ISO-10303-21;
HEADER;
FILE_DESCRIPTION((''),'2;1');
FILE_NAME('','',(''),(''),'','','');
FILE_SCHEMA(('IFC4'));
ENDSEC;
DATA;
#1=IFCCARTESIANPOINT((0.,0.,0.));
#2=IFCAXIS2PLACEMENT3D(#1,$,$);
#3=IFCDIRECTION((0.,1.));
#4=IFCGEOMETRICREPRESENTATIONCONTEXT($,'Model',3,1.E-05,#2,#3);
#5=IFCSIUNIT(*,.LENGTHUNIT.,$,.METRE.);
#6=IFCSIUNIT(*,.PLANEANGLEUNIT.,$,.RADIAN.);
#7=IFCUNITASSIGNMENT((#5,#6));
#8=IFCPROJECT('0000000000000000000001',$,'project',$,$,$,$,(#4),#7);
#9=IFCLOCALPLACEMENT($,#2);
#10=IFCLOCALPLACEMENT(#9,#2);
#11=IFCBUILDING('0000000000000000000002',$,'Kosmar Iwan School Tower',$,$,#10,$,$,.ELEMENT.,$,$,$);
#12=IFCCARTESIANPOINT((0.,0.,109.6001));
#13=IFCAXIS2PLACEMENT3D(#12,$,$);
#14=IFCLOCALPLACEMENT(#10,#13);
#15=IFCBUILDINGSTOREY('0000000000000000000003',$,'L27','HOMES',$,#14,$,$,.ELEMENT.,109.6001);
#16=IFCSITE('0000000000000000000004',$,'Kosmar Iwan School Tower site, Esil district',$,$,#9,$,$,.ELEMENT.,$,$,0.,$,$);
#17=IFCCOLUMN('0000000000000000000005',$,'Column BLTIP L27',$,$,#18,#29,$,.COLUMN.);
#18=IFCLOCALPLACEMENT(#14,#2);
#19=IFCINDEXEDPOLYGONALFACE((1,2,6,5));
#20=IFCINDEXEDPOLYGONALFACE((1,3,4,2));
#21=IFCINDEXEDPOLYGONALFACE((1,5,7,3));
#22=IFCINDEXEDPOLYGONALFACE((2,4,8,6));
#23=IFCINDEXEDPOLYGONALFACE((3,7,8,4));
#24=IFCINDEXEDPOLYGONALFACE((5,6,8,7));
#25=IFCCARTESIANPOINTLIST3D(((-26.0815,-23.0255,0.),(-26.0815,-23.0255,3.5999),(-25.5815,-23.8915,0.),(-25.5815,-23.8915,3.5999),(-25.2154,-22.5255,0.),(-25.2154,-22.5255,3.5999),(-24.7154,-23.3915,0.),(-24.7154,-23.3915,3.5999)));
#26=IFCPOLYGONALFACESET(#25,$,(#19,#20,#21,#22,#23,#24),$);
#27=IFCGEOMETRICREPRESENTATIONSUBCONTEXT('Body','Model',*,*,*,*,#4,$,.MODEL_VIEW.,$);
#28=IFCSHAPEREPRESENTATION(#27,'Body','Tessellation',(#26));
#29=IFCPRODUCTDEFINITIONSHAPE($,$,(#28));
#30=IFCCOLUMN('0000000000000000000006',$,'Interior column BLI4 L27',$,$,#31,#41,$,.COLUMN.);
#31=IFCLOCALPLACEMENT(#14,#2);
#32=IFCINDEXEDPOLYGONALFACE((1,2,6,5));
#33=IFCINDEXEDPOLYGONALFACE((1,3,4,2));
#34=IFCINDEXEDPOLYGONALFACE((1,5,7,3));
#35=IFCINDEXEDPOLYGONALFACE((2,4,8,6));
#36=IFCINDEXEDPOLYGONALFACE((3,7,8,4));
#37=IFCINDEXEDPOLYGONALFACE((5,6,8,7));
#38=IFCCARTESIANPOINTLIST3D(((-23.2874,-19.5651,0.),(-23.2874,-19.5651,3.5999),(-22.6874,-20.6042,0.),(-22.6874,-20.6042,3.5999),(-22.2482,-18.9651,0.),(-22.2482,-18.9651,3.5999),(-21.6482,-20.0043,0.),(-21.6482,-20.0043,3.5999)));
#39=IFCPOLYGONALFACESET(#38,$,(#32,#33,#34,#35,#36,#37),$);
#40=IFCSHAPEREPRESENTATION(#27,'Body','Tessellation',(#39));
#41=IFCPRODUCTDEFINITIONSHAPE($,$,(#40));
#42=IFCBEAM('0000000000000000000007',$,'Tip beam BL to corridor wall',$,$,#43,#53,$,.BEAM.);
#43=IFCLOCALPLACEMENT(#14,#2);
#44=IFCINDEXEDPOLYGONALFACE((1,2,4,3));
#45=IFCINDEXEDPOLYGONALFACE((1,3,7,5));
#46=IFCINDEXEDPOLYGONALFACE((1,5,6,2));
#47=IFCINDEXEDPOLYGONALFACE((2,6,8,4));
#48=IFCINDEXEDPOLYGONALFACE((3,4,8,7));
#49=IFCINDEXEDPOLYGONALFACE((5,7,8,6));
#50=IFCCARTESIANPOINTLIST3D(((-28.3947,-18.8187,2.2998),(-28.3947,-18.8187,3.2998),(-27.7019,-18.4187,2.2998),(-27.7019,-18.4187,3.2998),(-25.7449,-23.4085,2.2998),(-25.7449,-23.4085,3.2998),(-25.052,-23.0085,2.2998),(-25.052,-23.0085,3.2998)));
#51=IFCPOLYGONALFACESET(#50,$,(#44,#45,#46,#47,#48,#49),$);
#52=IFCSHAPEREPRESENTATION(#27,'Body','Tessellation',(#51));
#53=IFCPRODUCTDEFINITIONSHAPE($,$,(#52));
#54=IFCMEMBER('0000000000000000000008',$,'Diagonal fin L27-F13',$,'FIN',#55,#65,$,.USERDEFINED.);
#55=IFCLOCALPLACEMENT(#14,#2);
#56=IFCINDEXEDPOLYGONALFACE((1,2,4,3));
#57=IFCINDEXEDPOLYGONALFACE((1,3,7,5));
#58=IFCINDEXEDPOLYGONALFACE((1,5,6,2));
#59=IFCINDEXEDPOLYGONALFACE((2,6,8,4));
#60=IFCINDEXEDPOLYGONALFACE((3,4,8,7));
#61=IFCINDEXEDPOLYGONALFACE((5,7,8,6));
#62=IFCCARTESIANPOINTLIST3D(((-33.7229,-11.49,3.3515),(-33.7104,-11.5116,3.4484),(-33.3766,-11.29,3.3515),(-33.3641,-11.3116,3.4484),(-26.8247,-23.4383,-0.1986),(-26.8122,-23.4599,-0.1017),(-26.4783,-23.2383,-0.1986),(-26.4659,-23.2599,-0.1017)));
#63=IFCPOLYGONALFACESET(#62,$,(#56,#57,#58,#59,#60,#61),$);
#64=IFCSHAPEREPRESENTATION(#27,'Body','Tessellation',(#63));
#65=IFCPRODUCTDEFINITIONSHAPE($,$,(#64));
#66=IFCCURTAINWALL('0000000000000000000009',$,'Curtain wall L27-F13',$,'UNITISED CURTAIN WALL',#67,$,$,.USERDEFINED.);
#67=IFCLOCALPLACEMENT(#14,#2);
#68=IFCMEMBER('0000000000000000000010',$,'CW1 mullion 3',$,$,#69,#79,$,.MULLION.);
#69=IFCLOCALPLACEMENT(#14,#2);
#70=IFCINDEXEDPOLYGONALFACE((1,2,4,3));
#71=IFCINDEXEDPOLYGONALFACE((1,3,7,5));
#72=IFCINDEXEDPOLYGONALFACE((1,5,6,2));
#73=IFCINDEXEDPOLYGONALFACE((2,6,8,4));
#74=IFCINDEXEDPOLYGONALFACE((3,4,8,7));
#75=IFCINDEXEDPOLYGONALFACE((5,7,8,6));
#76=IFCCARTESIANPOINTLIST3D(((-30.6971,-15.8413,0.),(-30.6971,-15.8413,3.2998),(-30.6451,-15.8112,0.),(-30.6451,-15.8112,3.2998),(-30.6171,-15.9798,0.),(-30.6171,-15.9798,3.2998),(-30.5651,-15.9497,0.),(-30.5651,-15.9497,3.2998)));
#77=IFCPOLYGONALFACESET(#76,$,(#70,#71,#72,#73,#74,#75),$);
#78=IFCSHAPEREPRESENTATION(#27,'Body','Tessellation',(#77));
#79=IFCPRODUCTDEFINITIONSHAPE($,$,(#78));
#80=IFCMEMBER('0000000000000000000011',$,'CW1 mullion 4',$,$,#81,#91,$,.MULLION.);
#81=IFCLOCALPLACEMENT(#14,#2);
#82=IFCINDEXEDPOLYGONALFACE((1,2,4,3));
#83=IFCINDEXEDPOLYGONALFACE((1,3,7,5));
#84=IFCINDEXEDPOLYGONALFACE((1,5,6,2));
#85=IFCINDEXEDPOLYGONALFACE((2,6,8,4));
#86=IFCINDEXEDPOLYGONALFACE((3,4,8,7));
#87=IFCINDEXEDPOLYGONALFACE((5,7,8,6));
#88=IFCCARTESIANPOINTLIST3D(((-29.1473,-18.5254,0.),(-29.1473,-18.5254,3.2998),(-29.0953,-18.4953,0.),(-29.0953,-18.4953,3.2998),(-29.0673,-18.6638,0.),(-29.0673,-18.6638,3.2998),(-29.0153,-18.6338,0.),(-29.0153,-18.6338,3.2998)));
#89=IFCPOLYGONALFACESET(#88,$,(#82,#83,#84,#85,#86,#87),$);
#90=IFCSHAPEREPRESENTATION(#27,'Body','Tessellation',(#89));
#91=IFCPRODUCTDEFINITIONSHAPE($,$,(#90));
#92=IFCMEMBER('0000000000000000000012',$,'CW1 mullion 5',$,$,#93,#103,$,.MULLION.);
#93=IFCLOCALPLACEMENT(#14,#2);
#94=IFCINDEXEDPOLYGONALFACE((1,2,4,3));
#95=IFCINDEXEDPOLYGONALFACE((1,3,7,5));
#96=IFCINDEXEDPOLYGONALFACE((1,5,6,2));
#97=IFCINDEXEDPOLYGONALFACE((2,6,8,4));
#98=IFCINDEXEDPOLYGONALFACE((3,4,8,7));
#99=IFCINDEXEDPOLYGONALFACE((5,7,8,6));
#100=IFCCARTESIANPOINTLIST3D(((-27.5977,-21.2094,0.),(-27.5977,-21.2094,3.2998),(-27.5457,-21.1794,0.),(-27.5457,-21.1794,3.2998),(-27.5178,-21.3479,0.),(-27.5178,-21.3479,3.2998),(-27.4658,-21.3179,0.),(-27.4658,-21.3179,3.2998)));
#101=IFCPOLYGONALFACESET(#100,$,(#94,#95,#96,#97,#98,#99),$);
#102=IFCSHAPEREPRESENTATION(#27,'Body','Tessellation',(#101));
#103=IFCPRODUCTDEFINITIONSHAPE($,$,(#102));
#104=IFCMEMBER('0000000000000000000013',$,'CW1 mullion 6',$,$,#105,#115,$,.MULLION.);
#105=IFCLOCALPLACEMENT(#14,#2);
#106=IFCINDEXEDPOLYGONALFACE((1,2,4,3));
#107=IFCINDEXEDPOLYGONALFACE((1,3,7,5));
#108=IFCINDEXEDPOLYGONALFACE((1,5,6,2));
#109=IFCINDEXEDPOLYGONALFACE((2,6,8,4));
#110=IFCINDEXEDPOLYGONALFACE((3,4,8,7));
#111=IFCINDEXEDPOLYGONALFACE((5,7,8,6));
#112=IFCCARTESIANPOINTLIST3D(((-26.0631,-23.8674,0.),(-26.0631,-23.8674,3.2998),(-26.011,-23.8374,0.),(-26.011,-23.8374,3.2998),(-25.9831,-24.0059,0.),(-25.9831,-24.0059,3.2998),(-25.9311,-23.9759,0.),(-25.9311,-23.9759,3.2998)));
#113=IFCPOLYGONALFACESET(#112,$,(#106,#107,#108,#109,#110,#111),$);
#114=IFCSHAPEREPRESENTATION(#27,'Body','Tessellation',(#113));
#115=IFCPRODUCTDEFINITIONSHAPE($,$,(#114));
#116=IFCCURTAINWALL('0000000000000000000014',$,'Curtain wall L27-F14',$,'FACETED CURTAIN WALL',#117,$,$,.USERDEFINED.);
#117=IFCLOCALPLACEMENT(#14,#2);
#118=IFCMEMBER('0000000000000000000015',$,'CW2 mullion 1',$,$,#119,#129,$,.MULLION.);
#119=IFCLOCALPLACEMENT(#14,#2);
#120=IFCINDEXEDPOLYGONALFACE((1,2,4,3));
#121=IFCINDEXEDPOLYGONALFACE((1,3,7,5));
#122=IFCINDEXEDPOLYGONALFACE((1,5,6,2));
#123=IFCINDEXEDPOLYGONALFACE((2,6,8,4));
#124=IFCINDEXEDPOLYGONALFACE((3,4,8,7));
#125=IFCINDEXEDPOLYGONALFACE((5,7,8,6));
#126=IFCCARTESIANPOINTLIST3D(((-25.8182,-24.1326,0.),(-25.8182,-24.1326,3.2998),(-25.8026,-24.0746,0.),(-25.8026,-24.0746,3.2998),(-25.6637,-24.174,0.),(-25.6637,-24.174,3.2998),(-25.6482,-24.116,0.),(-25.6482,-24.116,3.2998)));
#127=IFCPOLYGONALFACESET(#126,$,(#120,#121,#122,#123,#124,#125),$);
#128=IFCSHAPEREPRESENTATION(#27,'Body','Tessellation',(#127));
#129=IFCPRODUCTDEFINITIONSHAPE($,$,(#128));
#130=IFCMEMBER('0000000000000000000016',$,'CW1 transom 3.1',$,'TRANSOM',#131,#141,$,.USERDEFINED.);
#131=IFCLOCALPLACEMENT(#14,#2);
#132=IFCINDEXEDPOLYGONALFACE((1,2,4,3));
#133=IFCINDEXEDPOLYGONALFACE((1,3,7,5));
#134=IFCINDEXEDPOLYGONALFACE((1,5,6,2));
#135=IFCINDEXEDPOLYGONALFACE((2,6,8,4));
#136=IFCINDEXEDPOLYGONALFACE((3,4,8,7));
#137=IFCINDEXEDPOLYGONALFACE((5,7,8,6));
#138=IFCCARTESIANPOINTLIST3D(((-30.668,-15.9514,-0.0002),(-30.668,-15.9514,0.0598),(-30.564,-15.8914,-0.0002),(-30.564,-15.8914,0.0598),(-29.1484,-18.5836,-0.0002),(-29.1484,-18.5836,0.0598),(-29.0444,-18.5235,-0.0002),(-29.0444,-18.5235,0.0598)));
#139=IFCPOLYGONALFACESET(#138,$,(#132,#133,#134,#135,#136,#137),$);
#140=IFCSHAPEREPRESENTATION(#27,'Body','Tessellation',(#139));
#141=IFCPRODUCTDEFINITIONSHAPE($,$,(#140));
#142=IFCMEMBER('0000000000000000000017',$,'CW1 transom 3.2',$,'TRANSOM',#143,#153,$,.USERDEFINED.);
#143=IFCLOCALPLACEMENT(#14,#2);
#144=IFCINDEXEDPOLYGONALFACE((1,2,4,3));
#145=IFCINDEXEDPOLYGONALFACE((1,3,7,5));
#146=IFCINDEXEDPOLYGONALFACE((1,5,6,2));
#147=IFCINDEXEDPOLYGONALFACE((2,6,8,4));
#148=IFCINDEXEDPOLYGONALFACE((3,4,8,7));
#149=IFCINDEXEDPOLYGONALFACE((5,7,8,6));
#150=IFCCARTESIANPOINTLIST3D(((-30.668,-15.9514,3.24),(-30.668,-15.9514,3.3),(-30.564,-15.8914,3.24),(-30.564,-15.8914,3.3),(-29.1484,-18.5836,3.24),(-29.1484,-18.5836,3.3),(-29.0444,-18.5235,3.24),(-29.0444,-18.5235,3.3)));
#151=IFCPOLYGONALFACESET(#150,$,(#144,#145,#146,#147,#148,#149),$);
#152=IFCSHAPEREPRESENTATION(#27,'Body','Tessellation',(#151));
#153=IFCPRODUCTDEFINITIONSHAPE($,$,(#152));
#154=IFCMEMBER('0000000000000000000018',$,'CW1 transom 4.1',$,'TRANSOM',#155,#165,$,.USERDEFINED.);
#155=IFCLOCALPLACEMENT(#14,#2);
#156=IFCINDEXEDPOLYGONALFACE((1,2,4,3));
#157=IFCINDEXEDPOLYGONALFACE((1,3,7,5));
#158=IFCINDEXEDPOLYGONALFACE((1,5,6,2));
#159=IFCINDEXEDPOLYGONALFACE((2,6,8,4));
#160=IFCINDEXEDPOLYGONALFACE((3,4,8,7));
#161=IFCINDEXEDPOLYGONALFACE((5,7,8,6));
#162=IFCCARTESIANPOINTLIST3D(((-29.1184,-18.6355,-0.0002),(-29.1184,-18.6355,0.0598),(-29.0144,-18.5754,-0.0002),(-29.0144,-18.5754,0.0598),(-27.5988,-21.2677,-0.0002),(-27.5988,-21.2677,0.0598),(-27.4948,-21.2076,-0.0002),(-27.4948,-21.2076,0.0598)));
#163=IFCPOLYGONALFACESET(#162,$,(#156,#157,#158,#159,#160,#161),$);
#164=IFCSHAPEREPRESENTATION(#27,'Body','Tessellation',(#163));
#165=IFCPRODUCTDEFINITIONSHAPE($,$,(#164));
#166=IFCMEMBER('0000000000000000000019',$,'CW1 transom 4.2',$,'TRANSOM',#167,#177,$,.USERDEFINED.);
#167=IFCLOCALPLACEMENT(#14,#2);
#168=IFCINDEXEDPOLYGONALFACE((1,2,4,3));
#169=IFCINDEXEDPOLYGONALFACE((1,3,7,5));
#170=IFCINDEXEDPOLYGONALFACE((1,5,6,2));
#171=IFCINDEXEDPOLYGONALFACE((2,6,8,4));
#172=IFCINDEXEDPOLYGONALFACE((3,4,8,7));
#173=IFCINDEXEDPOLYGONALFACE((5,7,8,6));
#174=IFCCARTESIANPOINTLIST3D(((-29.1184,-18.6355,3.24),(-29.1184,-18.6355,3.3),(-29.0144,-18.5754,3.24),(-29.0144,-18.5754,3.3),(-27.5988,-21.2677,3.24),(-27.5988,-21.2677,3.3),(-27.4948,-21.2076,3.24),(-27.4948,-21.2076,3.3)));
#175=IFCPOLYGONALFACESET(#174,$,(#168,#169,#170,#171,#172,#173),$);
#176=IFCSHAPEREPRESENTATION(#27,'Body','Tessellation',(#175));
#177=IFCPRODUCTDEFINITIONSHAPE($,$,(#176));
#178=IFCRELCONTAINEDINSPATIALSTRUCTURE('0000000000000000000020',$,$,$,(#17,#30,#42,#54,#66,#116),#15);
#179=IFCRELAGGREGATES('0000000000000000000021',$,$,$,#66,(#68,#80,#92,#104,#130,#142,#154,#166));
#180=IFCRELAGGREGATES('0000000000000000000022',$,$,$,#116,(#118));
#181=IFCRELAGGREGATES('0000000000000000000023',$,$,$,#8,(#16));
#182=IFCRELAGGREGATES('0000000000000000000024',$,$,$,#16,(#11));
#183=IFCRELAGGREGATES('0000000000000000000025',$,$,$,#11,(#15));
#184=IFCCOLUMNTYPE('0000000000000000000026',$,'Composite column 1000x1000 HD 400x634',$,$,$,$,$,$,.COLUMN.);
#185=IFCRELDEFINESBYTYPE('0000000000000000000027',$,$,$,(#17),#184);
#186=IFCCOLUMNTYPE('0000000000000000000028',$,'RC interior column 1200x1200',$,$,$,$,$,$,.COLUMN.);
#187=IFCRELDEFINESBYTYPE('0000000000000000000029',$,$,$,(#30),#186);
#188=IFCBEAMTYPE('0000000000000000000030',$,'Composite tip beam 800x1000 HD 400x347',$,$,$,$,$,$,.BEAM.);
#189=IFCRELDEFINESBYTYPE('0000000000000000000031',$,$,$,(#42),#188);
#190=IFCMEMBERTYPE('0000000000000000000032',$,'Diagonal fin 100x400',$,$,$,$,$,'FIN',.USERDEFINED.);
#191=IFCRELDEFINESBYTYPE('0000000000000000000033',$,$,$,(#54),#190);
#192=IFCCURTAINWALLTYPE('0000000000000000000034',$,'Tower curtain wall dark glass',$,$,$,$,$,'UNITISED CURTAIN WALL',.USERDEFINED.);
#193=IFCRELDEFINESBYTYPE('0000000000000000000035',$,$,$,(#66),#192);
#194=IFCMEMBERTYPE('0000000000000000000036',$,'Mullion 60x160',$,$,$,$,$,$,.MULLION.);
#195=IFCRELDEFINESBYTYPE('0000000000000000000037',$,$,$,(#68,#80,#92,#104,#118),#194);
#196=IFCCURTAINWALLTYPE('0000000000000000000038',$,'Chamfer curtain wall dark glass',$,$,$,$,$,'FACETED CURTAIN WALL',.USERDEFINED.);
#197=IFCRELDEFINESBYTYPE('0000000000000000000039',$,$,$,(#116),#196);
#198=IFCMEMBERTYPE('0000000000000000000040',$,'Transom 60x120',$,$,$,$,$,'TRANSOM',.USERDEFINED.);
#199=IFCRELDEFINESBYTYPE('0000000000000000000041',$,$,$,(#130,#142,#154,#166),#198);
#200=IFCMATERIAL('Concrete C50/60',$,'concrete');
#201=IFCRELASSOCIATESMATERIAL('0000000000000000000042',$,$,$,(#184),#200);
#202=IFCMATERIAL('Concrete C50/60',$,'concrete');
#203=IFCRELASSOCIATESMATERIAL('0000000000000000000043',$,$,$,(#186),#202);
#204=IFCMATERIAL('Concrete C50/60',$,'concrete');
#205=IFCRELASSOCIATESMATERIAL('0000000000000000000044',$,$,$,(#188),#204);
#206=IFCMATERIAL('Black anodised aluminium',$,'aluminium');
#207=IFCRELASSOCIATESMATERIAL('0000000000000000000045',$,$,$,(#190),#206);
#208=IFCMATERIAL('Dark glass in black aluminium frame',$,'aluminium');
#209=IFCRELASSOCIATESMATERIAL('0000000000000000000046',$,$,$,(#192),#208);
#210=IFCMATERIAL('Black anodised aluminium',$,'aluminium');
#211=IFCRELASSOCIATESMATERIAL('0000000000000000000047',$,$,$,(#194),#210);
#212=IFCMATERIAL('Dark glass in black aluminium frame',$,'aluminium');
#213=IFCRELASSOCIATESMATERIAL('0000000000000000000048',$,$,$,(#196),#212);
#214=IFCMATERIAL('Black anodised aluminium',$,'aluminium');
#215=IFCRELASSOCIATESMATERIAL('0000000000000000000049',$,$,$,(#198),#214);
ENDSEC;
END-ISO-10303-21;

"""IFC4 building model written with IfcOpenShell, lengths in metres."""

from ifc_helpers import new_model, si_unit, direction, frame, origin, origin_2d, place, context, subcontext, project, spatial, rectangle, extrude, material, material_profile, profile_set, type_object, element, aggregate, save


model = new_model("IFC4")

# Units and contexts
model_context = context("Model", 3, precision=1e-05, world=origin(), true_north=direction((0.0, 1.0)))
body_context = subcontext(model_context, "Body", "Model", "MODEL_VIEW")
ifc_project = project(units=[si_unit("LENGTHUNIT", "METRE"), si_unit("PLANEANGLEUNIT", "RADIAN")], contexts=[model_context])

# Site, building, storey
site_placement = place(None, origin())
site = spatial("IfcSite", under=ifc_project, at=site_placement, Name="Kosmar Iwan School Tower site, Esil district", CompositionType="ELEMENT", RefElevation=0.0)
building_placement = place(site_placement, origin())
building = spatial("IfcBuilding", under=site, at=building_placement, Name="Kosmar Iwan School Tower", CompositionType="ELEMENT")
storey_placement = place(building_placement, frame((0.0, 0.0, 109.6001)))
storey = spatial("IfcBuildingStorey", under=building, at=storey_placement, Name="L27", Description="HOMES", CompositionType="ELEMENT", Elevation=109.6001)

# Columns
ifc_material_1 = material(Name="Concrete C50/60", Category="concrete")
ifc_material_profile_1 = material_profile(ifc_material_1, rectangle(XDim=1.0, YDim=1.0, at=origin_2d()), Name="RC 1000x1000 + HD 400x634")
ifc_profile_set_1 = profile_set([ifc_material_profile_1], Name="Concrete C50/60")
column_type_1 = type_object("IfcColumnType", Name="Composite column 1000x1000 HD 400x634", PredefinedType="COLUMN", material=ifc_profile_set_1)
column_1_placement = place(storey_placement, frame((-25.3984, -23.2085, 0.0), z_axis=(0.0, 0.0, 1.0), x_axis=(-0.866025, -0.5, 0.0)))
element("IfcColumn", 1, at=column_1_placement, inside=storey, type_object=column_type_1, Name="Column BLTIP L27", PredefinedType="COLUMN", context=body_context, shape_type="SweptSolid", body=[
    extrude(rectangle(XDim=1.0, YDim=1.0, at=origin_2d()), origin(), (0.0, 0.0, 1.0), 3.5999),
])
ifc_material_2 = material(Name="Concrete C50/60", Category="concrete")
ifc_material_profile_2 = material_profile(ifc_material_2, rectangle(XDim=1.2, YDim=1.2, at=origin_2d()), Name="RC 1200x1200")
ifc_profile_set_2 = profile_set([ifc_material_profile_2], Name="Concrete C50/60")
column_type_2 = type_object("IfcColumnType", Name="RC interior column 1200x1200", PredefinedType="COLUMN", material=ifc_profile_set_2)
column_2_placement = place(storey_placement, frame((-22.4678, -19.7847, 0.0), z_axis=(0.0, 0.0, 1.0), x_axis=(-0.866025, -0.5, 0.0)))
element("IfcColumn", 2, at=column_2_placement, inside=storey, type_object=column_type_2, Name="Interior column BLI4 L27", PredefinedType="COLUMN", context=body_context, shape_type="SweptSolid", body=[
    extrude(rectangle(XDim=1.2, YDim=1.2, at=origin_2d()), origin(), (0.0, 0.0, 1.0), 3.5999),
])

# Beam
ifc_material_3 = material(Name="Concrete C50/60", Category="concrete")
ifc_material_profile_3 = material_profile(ifc_material_3, rectangle(XDim=0.8, YDim=1.0, at=origin_2d()), Name="RC 800x1000 + HD 400x347")
ifc_profile_set_3 = profile_set([ifc_material_profile_3], Name="Concrete C50/60")
beam_type = type_object("IfcBeamType", Name="Composite tip beam 800x1000 HD 400x347", PredefinedType="BEAM", material=ifc_profile_set_3)
beam_placement = place(storey_placement, frame((-25.3984, -23.2085, 2.7998), z_axis=(-0.499994, 0.866029, 0.0), x_axis=(-0.866029, -0.499994, 0.0)))
element("IfcBeam", 3, at=beam_placement, inside=storey, type_object=beam_type, Name="Tip beam BL to corridor wall", PredefinedType="BEAM", context=body_context, shape_type="SweptSolid", body=[
    extrude(rectangle(XDim=0.8, YDim=1.0, at=origin_2d()), origin(), (0.0, 0.0, 1.0), 5.2998),
])

# Member
ifc_material_4 = material(Name="Black anodised aluminium", Category="aluminium")
ifc_material_profile_4 = material_profile(ifc_material_4, rectangle(XDim=0.1001, YDim=0.3999, at=origin_2d()), Name="FIN 100x400")
ifc_profile_set_4 = profile_set([ifc_material_profile_4], Name="Black anodised aluminium")
member_type_1 = type_object("IfcMemberType", Name="Diagonal fin 100x400", ElementType="FIN", PredefinedType="USERDEFINED", material=ifc_profile_set_4)
member_1_placement = place(storey_placement, frame((-26.6453, -23.3491, -0.1501), z_axis=(-0.48422, 0.838709, 0.249196), x_axis=(0.124596, -0.215811, 0.968453)))
element("IfcMember", 4, at=member_1_placement, inside=storey, type_object=member_type_1, Name="Diagonal fin L27-F13", ObjectType="FIN", PredefinedType="USERDEFINED", context=body_context, shape_type="SweptSolid", body=[
    extrude(rectangle(XDim=0.1001, YDim=0.3999, at=origin_2d()), origin(), (0.0, 0.0, 1.0), 14.2461),
])

# Curtain wall, members
ifc_material_5 = material(Name="Dark glass in black aluminium frame", Category="aluminium")
curtain_wall_type_1 = type_object("IfcCurtainWallType", Name="Tower curtain wall dark glass", ElementType="UNITISED CURTAIN WALL", PredefinedType="USERDEFINED", material=ifc_material_5)
curtain_wall_1_placement = place(storey_placement, origin())
curtain_wall_1 = element("IfcCurtainWall", 5, at=curtain_wall_1_placement, inside=storey, type_object=curtain_wall_type_1, Name="Curtain wall L27-F13", ObjectType="UNITISED CURTAIN WALL", PredefinedType="USERDEFINED")
ifc_material_6 = material(Name="Black anodised aluminium", Category="aluminium")
ifc_material_profile_5 = material_profile(ifc_material_6, rectangle(XDim=0.0601, YDim=0.1599, at=origin_2d()), Name="MULLION 60x160")
ifc_profile_set_5 = profile_set([ifc_material_profile_5], Name="Black anodised aluminium")
member_type_2 = type_object("IfcMemberType", Name="Mullion 60x160", PredefinedType="MULLION", material=ifc_profile_set_5)
member_2_placement = place(storey_placement, frame((-30.6311, -15.8955, 0.0), z_axis=(0.0, 0.0, 1.0), x_axis=(0.866025, 0.5, 0.0)))
member_2 = element("IfcMember", 6, at=member_2_placement, type_object=member_type_2, Name="CW1 mullion 3", PredefinedType="MULLION", context=body_context, shape_type="SweptSolid", body=[
    extrude(rectangle(XDim=0.0601, YDim=0.1599, at=origin_2d()), origin(), (0.0, 0.0, 1.0), 3.2998),
])
member_3_placement = place(storey_placement, frame((-29.0813, -18.5796, 0.0), z_axis=(0.0, 0.0, 1.0), x_axis=(0.866025, 0.5, 0.0)))
member_3 = element("IfcMember", 7, at=member_3_placement, type_object=member_type_2, Name="CW1 mullion 4", PredefinedType="MULLION", context=body_context, shape_type="SweptSolid", body=[
    extrude(rectangle(XDim=0.0601, YDim=0.1599, at=origin_2d()), origin(), (0.0, 0.0, 1.0), 3.2998),
])
member_4_placement = place(storey_placement, frame((-27.5317, -21.2637, 0.0), z_axis=(0.0, 0.0, 1.0), x_axis=(0.866025, 0.5, 0.0)))
member_4 = element("IfcMember", 8, at=member_4_placement, type_object=member_type_2, Name="CW1 mullion 5", PredefinedType="MULLION", context=body_context, shape_type="SweptSolid", body=[
    extrude(rectangle(XDim=0.0601, YDim=0.1599, at=origin_2d()), origin(), (0.0, 0.0, 1.0), 3.2998),
])
member_5_placement = place(storey_placement, frame((-25.9971, -23.9216, 0.0), z_axis=(0.0, 0.0, 1.0), x_axis=(0.866025, 0.5, 0.0)))
member_5 = element("IfcMember", 9, at=member_5_placement, type_object=member_type_2, Name="CW1 mullion 6", PredefinedType="MULLION", context=body_context, shape_type="SweptSolid", body=[
    extrude(rectangle(XDim=0.0601, YDim=0.1599, at=origin_2d()), origin(), (0.0, 0.0, 1.0), 3.2998),
])

# Curtain wall, member
ifc_material_7 = material(Name="Dark glass in black aluminium frame", Category="aluminium")
curtain_wall_type_2 = type_object("IfcCurtainWallType", Name="Chamfer curtain wall dark glass", ElementType="FACETED CURTAIN WALL", PredefinedType="USERDEFINED", material=ifc_material_7)
curtain_wall_2_placement = place(storey_placement, origin())
curtain_wall_2 = element("IfcCurtainWall", 10, at=curtain_wall_2_placement, inside=storey, type_object=curtain_wall_type_2, Name="Curtain wall L27-F14", ObjectType="FACETED CURTAIN WALL", PredefinedType="USERDEFINED")
member_6_placement = place(storey_placement, frame((-25.7332, -24.1243, 0.0), z_axis=(0.0, 0.0, 1.0), x_axis=(0.258819, 0.965926, 0.0)))
member_6 = element("IfcMember", 11, at=member_6_placement, type_object=member_type_2, Name="CW2 mullion 1", PredefinedType="MULLION", context=body_context, shape_type="SweptSolid", body=[
    extrude(rectangle(XDim=0.0601, YDim=0.1599, at=origin_2d()), origin(), (0.0, 0.0, 1.0), 3.2998),
])

# Members
ifc_material_8 = material(Name="Black anodised aluminium", Category="aluminium")
ifc_material_profile_6 = material_profile(ifc_material_8, rectangle(XDim=0.1201, YDim=0.0601, at=origin_2d()), Name="TRANSOM 60x120")
ifc_profile_set_6 = profile_set([ifc_material_profile_6], Name="Black anodised aluminium")
member_type_3 = type_object("IfcMemberType", Name="Transom 60x120", ElementType="TRANSOM", PredefinedType="USERDEFINED", material=ifc_profile_set_6)
member_7_placement = place(storey_placement, frame((-30.616, -15.9214, 0.0298), z_axis=(0.499975, -0.86604, 0.0), x_axis=(0.86604, 0.499975, 0.0)))
member_7 = element("IfcMember", 12, at=member_7_placement, type_object=member_type_3, Name="CW1 transom 3.1", ObjectType="TRANSOM", PredefinedType="USERDEFINED", context=body_context, shape_type="SweptSolid", body=[
    extrude(rectangle(XDim=0.1201, YDim=0.0601, at=origin_2d()), origin(), (0.0, 0.0, 1.0), 3.0393),
])
member_8_placement = place(storey_placement, frame((-30.616, -15.9214, 3.27), z_axis=(0.499975, -0.86604, 0.0), x_axis=(0.86604, 0.499975, 0.0)))
member_8 = element("IfcMember", 13, at=member_8_placement, type_object=member_type_3, Name="CW1 transom 3.2", ObjectType="TRANSOM", PredefinedType="USERDEFINED", context=body_context, shape_type="SweptSolid", body=[
    extrude(rectangle(XDim=0.1201, YDim=0.0601, at=origin_2d()), origin(), (0.0, 0.0, 1.0), 3.0393),
])
member_9_placement = place(storey_placement, frame((-29.0664, -18.6055, 0.0298), z_axis=(0.499975, -0.86604, 0.0), x_axis=(0.86604, 0.499975, 0.0)))
member_9 = element("IfcMember", 14, at=member_9_placement, type_object=member_type_3, Name="CW1 transom 4.1", ObjectType="TRANSOM", PredefinedType="USERDEFINED", context=body_context, shape_type="SweptSolid", body=[
    extrude(rectangle(XDim=0.1201, YDim=0.0601, at=origin_2d()), origin(), (0.0, 0.0, 1.0), 3.0393),
])
member_10_placement = place(storey_placement, frame((-29.0664, -18.6055, 3.27), z_axis=(0.499975, -0.86604, 0.0), x_axis=(0.86604, 0.499975, 0.0)))
member_10 = element("IfcMember", 15, at=member_10_placement, type_object=member_type_3, Name="CW1 transom 4.2", ObjectType="TRANSOM", PredefinedType="USERDEFINED", context=body_context, shape_type="SweptSolid", body=[
    extrude(rectangle(XDim=0.1201, YDim=0.0601, at=origin_2d()), origin(), (0.0, 0.0, 1.0), 3.0393),
])

aggregate(curtain_wall_1, [member_2, member_3, member_4, member_5, member_7, member_8, member_9, member_10])
aggregate(curtain_wall_2, [member_6])

save(model, "model.ifc")
